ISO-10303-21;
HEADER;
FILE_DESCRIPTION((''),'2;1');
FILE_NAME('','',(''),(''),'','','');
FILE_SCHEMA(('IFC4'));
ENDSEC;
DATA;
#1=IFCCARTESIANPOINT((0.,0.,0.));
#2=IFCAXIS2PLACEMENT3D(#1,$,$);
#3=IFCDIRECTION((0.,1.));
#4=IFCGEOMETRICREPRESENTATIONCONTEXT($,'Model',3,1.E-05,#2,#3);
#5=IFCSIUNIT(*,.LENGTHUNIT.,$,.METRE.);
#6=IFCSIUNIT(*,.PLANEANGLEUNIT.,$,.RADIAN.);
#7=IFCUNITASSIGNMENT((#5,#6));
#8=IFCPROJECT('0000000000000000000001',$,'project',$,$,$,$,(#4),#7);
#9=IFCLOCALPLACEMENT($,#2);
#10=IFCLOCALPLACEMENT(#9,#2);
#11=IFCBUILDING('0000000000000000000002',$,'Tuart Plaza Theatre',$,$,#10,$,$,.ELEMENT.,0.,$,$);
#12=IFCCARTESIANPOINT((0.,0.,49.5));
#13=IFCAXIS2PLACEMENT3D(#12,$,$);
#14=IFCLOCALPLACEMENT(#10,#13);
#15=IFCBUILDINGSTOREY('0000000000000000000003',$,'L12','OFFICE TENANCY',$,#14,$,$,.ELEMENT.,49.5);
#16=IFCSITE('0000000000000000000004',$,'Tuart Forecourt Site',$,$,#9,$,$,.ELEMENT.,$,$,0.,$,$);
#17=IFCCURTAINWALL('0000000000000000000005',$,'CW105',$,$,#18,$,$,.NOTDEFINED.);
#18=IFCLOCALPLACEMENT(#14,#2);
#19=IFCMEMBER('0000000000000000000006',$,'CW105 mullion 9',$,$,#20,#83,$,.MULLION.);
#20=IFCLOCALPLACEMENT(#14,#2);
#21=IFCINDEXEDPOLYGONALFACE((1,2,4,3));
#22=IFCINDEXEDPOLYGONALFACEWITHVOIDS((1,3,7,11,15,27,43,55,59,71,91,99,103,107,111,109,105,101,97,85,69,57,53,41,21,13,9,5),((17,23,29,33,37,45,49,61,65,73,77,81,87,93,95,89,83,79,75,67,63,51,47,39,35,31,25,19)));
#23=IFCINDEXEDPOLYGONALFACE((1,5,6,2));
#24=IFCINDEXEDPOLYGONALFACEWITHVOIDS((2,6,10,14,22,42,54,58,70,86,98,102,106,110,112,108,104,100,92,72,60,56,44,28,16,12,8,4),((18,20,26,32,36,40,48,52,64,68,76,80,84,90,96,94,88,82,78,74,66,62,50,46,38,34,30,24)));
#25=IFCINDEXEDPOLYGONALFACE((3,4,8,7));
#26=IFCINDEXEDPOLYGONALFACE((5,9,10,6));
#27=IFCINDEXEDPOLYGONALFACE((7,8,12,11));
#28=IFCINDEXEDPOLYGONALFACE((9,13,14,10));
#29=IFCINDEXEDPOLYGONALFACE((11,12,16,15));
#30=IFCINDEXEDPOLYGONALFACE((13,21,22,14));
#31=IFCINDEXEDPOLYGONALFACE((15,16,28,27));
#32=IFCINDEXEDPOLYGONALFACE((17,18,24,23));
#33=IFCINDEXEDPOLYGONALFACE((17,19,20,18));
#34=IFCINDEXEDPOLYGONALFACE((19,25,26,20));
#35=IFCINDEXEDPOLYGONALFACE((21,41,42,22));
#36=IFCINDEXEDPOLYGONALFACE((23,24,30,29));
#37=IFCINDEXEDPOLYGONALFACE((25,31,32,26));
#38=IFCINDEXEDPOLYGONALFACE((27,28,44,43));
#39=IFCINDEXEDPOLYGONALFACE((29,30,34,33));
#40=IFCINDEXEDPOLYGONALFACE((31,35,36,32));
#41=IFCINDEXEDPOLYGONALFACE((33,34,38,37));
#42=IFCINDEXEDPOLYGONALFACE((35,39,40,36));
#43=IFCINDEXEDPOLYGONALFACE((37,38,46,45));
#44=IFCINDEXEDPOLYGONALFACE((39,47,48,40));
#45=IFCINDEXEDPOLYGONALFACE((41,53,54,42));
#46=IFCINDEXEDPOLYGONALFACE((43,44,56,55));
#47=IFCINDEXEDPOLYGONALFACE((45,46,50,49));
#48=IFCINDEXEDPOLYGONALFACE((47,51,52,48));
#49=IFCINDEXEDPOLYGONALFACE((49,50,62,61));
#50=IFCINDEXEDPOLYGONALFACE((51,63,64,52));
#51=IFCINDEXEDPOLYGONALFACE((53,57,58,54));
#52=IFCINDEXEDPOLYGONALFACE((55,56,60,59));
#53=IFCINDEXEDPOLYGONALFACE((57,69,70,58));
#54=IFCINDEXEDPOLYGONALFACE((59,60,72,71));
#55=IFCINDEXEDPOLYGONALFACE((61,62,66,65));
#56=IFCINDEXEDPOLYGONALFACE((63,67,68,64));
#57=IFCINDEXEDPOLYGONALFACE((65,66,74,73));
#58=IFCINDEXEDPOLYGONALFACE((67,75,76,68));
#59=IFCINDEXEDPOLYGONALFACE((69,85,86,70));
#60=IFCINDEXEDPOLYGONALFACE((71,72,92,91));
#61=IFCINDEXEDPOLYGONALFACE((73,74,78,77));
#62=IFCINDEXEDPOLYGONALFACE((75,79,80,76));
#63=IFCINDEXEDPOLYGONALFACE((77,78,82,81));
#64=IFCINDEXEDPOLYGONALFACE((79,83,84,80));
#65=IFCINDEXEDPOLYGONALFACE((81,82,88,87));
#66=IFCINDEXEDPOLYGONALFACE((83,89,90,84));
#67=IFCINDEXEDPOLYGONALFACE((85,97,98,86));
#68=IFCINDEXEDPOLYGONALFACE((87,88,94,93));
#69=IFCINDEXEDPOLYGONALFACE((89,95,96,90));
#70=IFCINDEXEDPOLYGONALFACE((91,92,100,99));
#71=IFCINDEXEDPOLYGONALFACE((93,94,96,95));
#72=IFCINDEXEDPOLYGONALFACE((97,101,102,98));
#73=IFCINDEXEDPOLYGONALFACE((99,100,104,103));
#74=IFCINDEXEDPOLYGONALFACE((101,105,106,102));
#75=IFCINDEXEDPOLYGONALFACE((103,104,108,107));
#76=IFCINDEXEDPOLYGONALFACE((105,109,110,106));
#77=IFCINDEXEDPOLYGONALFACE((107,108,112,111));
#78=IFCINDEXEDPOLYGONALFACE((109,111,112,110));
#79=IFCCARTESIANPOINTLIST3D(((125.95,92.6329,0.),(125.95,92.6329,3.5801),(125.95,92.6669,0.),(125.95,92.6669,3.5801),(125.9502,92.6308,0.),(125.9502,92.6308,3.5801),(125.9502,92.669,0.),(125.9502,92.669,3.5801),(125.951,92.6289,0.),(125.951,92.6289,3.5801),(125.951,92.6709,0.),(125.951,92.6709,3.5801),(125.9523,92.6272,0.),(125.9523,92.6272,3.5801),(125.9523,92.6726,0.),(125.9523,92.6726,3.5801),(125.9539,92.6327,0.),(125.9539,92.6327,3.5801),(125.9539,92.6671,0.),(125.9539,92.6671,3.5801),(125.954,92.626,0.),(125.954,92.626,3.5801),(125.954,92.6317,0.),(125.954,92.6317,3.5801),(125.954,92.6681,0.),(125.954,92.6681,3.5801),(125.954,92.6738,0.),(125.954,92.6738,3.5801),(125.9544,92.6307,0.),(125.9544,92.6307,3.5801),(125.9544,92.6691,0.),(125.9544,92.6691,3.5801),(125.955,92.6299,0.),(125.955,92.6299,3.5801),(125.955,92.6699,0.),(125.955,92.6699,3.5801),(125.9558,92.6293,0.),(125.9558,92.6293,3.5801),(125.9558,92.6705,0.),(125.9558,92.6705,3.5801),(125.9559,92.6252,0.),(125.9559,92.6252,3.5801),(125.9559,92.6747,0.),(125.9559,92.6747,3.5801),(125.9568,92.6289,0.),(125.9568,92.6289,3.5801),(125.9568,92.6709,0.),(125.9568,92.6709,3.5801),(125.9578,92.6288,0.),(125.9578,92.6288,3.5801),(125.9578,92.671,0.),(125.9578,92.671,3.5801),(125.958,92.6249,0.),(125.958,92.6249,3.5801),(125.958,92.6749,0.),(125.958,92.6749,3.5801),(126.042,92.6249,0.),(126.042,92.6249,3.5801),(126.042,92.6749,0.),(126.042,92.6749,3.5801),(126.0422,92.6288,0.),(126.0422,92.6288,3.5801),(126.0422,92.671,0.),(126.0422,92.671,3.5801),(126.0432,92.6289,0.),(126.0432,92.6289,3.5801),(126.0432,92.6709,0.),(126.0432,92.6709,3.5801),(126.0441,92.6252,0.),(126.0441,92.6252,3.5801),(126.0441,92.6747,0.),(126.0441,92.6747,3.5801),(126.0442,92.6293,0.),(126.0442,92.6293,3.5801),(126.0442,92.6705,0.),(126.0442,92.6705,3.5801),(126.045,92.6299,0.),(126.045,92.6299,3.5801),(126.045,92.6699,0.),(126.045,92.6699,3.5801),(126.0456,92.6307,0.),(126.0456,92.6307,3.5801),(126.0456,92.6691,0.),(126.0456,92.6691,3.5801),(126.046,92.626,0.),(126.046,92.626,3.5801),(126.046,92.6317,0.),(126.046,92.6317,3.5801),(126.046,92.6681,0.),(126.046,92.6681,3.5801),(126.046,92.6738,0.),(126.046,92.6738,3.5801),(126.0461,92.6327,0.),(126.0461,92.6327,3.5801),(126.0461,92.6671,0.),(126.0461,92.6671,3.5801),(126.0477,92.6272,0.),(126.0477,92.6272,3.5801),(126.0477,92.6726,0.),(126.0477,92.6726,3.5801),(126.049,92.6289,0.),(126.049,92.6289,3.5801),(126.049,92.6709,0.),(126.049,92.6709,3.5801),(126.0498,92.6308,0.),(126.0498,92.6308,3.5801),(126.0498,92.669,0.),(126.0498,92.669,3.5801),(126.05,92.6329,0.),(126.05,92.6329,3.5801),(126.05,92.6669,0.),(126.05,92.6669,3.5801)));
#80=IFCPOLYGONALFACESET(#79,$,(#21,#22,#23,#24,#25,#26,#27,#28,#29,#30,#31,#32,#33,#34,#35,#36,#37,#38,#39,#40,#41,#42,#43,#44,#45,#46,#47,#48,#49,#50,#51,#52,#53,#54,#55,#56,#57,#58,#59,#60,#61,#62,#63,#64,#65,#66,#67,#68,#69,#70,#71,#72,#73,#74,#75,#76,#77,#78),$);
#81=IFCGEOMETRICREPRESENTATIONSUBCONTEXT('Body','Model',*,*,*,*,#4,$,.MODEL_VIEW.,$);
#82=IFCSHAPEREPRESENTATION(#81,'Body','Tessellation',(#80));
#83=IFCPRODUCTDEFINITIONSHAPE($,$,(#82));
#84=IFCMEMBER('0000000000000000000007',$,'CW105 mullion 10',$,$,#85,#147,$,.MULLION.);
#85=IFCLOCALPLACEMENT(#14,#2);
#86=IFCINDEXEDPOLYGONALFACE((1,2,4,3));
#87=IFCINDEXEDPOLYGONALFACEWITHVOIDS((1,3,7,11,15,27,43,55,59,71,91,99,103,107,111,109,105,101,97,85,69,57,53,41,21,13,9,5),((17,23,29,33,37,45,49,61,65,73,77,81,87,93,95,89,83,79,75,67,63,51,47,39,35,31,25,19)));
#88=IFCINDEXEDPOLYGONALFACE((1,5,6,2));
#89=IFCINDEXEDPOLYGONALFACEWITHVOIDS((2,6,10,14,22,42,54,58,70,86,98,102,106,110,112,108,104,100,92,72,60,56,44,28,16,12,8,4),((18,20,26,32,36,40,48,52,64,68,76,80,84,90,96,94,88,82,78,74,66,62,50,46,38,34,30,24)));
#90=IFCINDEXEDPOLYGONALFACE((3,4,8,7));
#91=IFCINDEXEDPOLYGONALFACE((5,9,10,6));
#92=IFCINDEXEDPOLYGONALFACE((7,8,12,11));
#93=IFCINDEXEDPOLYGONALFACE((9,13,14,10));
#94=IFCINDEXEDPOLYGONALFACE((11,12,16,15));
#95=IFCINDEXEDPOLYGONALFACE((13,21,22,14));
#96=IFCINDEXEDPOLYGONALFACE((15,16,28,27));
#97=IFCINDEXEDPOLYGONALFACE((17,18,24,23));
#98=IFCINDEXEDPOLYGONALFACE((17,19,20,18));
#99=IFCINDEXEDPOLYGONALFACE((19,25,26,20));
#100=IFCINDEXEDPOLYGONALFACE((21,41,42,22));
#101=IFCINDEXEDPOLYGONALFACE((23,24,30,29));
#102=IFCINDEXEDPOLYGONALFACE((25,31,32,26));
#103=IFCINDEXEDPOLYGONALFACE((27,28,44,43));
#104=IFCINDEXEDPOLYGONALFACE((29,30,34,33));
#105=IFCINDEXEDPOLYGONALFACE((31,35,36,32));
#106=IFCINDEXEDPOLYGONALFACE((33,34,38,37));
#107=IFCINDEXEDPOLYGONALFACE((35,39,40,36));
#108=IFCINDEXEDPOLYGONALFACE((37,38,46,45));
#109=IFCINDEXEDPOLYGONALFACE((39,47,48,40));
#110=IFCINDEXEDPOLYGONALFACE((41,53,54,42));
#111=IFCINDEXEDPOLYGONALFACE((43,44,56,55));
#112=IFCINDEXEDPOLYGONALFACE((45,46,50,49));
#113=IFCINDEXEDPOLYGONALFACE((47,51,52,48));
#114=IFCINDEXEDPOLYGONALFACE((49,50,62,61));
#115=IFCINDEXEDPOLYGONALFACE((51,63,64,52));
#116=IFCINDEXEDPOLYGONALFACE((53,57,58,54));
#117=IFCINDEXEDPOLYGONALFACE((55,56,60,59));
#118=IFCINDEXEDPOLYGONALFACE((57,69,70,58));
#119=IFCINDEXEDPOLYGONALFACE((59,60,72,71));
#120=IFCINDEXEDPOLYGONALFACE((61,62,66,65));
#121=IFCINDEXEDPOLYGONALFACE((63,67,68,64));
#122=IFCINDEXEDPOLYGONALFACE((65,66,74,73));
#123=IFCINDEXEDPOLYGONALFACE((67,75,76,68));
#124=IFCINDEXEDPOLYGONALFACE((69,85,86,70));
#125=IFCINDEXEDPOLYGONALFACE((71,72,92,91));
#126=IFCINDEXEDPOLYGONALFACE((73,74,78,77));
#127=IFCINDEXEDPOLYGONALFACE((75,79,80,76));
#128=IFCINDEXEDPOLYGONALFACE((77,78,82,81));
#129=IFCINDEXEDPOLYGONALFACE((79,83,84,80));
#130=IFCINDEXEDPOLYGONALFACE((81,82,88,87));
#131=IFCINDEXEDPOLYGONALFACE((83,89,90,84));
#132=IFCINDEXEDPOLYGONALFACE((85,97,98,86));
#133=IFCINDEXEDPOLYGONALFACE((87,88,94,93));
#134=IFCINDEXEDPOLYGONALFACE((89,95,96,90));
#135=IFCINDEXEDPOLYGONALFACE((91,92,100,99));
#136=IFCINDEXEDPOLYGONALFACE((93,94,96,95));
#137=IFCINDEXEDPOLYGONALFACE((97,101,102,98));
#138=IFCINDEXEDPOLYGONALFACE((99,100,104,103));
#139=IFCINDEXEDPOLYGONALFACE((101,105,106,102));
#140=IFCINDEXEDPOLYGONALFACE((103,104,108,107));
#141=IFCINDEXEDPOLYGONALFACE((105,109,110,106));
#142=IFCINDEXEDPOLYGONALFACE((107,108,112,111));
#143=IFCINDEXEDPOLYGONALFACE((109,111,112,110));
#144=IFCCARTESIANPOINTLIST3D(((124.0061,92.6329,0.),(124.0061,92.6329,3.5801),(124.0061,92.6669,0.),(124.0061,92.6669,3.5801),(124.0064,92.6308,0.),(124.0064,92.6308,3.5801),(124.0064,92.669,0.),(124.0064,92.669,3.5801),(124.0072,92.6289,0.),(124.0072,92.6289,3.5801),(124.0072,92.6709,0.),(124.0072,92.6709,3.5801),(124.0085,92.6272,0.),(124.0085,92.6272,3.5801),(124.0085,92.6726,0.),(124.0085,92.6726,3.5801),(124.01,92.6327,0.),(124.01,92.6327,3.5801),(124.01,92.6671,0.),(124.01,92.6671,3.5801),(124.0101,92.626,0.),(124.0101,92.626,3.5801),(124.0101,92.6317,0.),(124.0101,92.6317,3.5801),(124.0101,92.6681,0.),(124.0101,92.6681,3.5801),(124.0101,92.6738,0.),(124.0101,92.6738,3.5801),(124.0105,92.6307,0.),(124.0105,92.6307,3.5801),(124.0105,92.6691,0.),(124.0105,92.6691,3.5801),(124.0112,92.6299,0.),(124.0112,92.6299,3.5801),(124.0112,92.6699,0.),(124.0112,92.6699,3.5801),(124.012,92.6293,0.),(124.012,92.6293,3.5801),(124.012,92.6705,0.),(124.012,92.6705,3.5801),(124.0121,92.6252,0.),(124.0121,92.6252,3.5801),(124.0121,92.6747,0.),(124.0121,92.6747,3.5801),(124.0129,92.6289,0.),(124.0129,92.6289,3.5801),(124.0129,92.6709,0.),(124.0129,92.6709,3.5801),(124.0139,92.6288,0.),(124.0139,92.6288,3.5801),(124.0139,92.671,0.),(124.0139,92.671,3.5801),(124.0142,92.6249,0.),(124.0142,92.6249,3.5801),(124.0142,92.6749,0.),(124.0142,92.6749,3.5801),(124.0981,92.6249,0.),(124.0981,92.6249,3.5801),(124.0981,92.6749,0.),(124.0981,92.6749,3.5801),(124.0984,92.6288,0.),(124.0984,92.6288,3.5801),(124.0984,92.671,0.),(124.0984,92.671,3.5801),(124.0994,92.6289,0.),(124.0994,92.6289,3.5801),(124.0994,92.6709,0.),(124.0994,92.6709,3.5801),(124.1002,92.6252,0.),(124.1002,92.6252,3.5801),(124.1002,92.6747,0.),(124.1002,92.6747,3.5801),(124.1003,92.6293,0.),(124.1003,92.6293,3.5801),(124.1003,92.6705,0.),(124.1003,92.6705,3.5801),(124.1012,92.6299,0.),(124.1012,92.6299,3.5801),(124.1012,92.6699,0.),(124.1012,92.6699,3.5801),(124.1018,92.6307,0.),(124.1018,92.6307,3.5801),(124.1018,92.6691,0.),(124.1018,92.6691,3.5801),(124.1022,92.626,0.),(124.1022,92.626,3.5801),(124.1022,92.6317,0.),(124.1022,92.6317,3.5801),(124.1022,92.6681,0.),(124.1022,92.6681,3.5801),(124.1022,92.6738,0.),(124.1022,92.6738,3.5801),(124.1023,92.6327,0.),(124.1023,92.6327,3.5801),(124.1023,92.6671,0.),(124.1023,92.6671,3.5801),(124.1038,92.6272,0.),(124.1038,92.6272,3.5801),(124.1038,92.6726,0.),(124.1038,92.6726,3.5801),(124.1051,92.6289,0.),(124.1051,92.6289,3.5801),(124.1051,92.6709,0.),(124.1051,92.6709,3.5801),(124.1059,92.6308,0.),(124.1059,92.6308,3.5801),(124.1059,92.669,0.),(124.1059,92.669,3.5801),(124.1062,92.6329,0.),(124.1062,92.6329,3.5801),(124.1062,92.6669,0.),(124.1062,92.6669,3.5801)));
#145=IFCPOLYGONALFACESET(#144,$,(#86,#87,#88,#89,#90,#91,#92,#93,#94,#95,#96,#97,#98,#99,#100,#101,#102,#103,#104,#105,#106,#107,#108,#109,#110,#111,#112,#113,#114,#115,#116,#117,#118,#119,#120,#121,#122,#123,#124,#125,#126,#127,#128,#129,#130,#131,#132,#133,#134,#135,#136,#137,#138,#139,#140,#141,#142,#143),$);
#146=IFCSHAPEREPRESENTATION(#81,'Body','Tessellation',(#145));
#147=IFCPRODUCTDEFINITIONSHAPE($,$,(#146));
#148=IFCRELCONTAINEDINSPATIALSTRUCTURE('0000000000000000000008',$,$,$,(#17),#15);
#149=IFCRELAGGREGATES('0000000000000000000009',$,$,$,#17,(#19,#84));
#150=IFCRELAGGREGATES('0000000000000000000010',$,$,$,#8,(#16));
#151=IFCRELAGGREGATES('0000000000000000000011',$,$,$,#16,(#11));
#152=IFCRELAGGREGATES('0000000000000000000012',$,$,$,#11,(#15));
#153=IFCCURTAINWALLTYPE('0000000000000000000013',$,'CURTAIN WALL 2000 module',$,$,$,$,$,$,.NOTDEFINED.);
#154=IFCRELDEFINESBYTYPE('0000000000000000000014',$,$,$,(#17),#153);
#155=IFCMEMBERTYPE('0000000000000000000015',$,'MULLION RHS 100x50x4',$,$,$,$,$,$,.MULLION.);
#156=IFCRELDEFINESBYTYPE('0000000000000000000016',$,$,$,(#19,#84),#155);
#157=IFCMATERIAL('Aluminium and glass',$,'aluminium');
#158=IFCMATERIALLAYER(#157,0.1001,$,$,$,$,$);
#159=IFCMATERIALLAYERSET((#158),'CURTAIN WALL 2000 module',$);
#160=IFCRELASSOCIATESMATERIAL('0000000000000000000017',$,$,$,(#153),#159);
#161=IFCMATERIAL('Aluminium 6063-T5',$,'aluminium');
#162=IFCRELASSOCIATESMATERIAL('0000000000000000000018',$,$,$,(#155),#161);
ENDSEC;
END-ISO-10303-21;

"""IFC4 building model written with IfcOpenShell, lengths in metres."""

from ifc_helpers import new_model, si_unit, direction, frame, origin, origin_2d, place, context, subcontext, project, spatial, hollow_rectangle, extrude, material, layer, layer_set, material_profile, profile_set, type_object, element, aggregate, save


model = new_model("IFC4")

# Units and contexts
model_context = context("Model", 3, precision=1e-05, world=origin(), true_north=direction((0.0, 1.0)))
body_context = subcontext(model_context, "Body", "Model", "MODEL_VIEW")
ifc_project = project(units=[si_unit("LENGTHUNIT", "METRE"), si_unit("PLANEANGLEUNIT", "RADIAN")], contexts=[model_context])

# Site, building, storey
site_placement = place(None, origin())
site = spatial("IfcSite", under=ifc_project, at=site_placement, Name="Tuart Forecourt Site", CompositionType="ELEMENT", RefElevation=0.0)
building_placement = place(site_placement, origin())
building = spatial("IfcBuilding", under=site, at=building_placement, Name="Tuart Plaza Theatre", CompositionType="ELEMENT", ElevationOfRefHeight=0.0)
storey_placement = place(building_placement, frame((0.0, 0.0, 49.5)))
storey = spatial("IfcBuildingStorey", under=building, at=storey_placement, Name="L12", Description="OFFICE TENANCY", CompositionType="ELEMENT", Elevation=49.5)

# Curtain wall, members
ifc_material_1 = material(Name="Aluminium and glass", Category="aluminium")
ifc_layer_1 = layer(ifc_material_1, 0.1001)
ifc_layer_set_1 = layer_set([ifc_layer_1], Name="CURTAIN WALL 2000 module")
curtain_wall_type = type_object("IfcCurtainWallType", Name="CURTAIN WALL 2000 module", PredefinedType="NOTDEFINED", material=ifc_layer_set_1)
curtain_wall_placement = place(storey_placement, origin())
curtain_wall = element("IfcCurtainWall", 1, at=curtain_wall_placement, inside=storey, type_object=curtain_wall_type, Name="CW105", PredefinedType="NOTDEFINED")
ifc_material_2 = material(Name="Aluminium 6063-T5", Category="aluminium")
ifc_material_profile_1 = material_profile(ifc_material_2, hollow_rectangle(XDim=0.05, YDim=0.1001, WallThickness=0.0039, InnerFilletRadius=0.0039, OuterFilletRadius=0.0081, at=origin_2d()), Name="RHS 100x50x4")
ifc_profile_set_1 = profile_set([ifc_material_profile_1], Name="Aluminium 6063-T5")
member_type_1 = type_object("IfcMemberType", Name="MULLION RHS 100x50x4", PredefinedType="MULLION", material=ifc_profile_set_1)
member_1_placement = place(storey_placement, frame((126.0, 92.6499, 0.0), z_axis=(0.0, 0.0, 1.0), x_axis=(0.0, -1.0, 0.0)))
member_1 = element("IfcMember", 2, at=member_1_placement, type_object=member_type_1, Name="CW105 mullion 9", PredefinedType="MULLION", context=body_context, shape_type="SweptSolid", body=[
    extrude(hollow_rectangle(XDim=0.05, YDim=0.1001, WallThickness=0.0039, InnerFilletRadius=0.0039, OuterFilletRadius=0.0081, at=origin_2d()), origin(), (0.0, 0.0, 1.0), 3.5801),
])
member_2_placement = place(storey_placement, frame((124.0562, 92.6499, 0.0), z_axis=(0.0, 0.0, 1.0), x_axis=(0.0, -1.0, 0.0)))
member_2 = element("IfcMember", 3, at=member_2_placement, type_object=member_type_1, Name="CW105 mullion 10", PredefinedType="MULLION", context=body_context, shape_type="SweptSolid", body=[
    extrude(hollow_rectangle(XDim=0.05, YDim=0.1001, WallThickness=0.0039, InnerFilletRadius=0.0039, OuterFilletRadius=0.0081, at=origin_2d()), origin(), (0.0, 0.0, 1.0), 3.5801),
])
aggregate(curtain_wall, [member_1, member_2])

save(model, "model.ifc")
